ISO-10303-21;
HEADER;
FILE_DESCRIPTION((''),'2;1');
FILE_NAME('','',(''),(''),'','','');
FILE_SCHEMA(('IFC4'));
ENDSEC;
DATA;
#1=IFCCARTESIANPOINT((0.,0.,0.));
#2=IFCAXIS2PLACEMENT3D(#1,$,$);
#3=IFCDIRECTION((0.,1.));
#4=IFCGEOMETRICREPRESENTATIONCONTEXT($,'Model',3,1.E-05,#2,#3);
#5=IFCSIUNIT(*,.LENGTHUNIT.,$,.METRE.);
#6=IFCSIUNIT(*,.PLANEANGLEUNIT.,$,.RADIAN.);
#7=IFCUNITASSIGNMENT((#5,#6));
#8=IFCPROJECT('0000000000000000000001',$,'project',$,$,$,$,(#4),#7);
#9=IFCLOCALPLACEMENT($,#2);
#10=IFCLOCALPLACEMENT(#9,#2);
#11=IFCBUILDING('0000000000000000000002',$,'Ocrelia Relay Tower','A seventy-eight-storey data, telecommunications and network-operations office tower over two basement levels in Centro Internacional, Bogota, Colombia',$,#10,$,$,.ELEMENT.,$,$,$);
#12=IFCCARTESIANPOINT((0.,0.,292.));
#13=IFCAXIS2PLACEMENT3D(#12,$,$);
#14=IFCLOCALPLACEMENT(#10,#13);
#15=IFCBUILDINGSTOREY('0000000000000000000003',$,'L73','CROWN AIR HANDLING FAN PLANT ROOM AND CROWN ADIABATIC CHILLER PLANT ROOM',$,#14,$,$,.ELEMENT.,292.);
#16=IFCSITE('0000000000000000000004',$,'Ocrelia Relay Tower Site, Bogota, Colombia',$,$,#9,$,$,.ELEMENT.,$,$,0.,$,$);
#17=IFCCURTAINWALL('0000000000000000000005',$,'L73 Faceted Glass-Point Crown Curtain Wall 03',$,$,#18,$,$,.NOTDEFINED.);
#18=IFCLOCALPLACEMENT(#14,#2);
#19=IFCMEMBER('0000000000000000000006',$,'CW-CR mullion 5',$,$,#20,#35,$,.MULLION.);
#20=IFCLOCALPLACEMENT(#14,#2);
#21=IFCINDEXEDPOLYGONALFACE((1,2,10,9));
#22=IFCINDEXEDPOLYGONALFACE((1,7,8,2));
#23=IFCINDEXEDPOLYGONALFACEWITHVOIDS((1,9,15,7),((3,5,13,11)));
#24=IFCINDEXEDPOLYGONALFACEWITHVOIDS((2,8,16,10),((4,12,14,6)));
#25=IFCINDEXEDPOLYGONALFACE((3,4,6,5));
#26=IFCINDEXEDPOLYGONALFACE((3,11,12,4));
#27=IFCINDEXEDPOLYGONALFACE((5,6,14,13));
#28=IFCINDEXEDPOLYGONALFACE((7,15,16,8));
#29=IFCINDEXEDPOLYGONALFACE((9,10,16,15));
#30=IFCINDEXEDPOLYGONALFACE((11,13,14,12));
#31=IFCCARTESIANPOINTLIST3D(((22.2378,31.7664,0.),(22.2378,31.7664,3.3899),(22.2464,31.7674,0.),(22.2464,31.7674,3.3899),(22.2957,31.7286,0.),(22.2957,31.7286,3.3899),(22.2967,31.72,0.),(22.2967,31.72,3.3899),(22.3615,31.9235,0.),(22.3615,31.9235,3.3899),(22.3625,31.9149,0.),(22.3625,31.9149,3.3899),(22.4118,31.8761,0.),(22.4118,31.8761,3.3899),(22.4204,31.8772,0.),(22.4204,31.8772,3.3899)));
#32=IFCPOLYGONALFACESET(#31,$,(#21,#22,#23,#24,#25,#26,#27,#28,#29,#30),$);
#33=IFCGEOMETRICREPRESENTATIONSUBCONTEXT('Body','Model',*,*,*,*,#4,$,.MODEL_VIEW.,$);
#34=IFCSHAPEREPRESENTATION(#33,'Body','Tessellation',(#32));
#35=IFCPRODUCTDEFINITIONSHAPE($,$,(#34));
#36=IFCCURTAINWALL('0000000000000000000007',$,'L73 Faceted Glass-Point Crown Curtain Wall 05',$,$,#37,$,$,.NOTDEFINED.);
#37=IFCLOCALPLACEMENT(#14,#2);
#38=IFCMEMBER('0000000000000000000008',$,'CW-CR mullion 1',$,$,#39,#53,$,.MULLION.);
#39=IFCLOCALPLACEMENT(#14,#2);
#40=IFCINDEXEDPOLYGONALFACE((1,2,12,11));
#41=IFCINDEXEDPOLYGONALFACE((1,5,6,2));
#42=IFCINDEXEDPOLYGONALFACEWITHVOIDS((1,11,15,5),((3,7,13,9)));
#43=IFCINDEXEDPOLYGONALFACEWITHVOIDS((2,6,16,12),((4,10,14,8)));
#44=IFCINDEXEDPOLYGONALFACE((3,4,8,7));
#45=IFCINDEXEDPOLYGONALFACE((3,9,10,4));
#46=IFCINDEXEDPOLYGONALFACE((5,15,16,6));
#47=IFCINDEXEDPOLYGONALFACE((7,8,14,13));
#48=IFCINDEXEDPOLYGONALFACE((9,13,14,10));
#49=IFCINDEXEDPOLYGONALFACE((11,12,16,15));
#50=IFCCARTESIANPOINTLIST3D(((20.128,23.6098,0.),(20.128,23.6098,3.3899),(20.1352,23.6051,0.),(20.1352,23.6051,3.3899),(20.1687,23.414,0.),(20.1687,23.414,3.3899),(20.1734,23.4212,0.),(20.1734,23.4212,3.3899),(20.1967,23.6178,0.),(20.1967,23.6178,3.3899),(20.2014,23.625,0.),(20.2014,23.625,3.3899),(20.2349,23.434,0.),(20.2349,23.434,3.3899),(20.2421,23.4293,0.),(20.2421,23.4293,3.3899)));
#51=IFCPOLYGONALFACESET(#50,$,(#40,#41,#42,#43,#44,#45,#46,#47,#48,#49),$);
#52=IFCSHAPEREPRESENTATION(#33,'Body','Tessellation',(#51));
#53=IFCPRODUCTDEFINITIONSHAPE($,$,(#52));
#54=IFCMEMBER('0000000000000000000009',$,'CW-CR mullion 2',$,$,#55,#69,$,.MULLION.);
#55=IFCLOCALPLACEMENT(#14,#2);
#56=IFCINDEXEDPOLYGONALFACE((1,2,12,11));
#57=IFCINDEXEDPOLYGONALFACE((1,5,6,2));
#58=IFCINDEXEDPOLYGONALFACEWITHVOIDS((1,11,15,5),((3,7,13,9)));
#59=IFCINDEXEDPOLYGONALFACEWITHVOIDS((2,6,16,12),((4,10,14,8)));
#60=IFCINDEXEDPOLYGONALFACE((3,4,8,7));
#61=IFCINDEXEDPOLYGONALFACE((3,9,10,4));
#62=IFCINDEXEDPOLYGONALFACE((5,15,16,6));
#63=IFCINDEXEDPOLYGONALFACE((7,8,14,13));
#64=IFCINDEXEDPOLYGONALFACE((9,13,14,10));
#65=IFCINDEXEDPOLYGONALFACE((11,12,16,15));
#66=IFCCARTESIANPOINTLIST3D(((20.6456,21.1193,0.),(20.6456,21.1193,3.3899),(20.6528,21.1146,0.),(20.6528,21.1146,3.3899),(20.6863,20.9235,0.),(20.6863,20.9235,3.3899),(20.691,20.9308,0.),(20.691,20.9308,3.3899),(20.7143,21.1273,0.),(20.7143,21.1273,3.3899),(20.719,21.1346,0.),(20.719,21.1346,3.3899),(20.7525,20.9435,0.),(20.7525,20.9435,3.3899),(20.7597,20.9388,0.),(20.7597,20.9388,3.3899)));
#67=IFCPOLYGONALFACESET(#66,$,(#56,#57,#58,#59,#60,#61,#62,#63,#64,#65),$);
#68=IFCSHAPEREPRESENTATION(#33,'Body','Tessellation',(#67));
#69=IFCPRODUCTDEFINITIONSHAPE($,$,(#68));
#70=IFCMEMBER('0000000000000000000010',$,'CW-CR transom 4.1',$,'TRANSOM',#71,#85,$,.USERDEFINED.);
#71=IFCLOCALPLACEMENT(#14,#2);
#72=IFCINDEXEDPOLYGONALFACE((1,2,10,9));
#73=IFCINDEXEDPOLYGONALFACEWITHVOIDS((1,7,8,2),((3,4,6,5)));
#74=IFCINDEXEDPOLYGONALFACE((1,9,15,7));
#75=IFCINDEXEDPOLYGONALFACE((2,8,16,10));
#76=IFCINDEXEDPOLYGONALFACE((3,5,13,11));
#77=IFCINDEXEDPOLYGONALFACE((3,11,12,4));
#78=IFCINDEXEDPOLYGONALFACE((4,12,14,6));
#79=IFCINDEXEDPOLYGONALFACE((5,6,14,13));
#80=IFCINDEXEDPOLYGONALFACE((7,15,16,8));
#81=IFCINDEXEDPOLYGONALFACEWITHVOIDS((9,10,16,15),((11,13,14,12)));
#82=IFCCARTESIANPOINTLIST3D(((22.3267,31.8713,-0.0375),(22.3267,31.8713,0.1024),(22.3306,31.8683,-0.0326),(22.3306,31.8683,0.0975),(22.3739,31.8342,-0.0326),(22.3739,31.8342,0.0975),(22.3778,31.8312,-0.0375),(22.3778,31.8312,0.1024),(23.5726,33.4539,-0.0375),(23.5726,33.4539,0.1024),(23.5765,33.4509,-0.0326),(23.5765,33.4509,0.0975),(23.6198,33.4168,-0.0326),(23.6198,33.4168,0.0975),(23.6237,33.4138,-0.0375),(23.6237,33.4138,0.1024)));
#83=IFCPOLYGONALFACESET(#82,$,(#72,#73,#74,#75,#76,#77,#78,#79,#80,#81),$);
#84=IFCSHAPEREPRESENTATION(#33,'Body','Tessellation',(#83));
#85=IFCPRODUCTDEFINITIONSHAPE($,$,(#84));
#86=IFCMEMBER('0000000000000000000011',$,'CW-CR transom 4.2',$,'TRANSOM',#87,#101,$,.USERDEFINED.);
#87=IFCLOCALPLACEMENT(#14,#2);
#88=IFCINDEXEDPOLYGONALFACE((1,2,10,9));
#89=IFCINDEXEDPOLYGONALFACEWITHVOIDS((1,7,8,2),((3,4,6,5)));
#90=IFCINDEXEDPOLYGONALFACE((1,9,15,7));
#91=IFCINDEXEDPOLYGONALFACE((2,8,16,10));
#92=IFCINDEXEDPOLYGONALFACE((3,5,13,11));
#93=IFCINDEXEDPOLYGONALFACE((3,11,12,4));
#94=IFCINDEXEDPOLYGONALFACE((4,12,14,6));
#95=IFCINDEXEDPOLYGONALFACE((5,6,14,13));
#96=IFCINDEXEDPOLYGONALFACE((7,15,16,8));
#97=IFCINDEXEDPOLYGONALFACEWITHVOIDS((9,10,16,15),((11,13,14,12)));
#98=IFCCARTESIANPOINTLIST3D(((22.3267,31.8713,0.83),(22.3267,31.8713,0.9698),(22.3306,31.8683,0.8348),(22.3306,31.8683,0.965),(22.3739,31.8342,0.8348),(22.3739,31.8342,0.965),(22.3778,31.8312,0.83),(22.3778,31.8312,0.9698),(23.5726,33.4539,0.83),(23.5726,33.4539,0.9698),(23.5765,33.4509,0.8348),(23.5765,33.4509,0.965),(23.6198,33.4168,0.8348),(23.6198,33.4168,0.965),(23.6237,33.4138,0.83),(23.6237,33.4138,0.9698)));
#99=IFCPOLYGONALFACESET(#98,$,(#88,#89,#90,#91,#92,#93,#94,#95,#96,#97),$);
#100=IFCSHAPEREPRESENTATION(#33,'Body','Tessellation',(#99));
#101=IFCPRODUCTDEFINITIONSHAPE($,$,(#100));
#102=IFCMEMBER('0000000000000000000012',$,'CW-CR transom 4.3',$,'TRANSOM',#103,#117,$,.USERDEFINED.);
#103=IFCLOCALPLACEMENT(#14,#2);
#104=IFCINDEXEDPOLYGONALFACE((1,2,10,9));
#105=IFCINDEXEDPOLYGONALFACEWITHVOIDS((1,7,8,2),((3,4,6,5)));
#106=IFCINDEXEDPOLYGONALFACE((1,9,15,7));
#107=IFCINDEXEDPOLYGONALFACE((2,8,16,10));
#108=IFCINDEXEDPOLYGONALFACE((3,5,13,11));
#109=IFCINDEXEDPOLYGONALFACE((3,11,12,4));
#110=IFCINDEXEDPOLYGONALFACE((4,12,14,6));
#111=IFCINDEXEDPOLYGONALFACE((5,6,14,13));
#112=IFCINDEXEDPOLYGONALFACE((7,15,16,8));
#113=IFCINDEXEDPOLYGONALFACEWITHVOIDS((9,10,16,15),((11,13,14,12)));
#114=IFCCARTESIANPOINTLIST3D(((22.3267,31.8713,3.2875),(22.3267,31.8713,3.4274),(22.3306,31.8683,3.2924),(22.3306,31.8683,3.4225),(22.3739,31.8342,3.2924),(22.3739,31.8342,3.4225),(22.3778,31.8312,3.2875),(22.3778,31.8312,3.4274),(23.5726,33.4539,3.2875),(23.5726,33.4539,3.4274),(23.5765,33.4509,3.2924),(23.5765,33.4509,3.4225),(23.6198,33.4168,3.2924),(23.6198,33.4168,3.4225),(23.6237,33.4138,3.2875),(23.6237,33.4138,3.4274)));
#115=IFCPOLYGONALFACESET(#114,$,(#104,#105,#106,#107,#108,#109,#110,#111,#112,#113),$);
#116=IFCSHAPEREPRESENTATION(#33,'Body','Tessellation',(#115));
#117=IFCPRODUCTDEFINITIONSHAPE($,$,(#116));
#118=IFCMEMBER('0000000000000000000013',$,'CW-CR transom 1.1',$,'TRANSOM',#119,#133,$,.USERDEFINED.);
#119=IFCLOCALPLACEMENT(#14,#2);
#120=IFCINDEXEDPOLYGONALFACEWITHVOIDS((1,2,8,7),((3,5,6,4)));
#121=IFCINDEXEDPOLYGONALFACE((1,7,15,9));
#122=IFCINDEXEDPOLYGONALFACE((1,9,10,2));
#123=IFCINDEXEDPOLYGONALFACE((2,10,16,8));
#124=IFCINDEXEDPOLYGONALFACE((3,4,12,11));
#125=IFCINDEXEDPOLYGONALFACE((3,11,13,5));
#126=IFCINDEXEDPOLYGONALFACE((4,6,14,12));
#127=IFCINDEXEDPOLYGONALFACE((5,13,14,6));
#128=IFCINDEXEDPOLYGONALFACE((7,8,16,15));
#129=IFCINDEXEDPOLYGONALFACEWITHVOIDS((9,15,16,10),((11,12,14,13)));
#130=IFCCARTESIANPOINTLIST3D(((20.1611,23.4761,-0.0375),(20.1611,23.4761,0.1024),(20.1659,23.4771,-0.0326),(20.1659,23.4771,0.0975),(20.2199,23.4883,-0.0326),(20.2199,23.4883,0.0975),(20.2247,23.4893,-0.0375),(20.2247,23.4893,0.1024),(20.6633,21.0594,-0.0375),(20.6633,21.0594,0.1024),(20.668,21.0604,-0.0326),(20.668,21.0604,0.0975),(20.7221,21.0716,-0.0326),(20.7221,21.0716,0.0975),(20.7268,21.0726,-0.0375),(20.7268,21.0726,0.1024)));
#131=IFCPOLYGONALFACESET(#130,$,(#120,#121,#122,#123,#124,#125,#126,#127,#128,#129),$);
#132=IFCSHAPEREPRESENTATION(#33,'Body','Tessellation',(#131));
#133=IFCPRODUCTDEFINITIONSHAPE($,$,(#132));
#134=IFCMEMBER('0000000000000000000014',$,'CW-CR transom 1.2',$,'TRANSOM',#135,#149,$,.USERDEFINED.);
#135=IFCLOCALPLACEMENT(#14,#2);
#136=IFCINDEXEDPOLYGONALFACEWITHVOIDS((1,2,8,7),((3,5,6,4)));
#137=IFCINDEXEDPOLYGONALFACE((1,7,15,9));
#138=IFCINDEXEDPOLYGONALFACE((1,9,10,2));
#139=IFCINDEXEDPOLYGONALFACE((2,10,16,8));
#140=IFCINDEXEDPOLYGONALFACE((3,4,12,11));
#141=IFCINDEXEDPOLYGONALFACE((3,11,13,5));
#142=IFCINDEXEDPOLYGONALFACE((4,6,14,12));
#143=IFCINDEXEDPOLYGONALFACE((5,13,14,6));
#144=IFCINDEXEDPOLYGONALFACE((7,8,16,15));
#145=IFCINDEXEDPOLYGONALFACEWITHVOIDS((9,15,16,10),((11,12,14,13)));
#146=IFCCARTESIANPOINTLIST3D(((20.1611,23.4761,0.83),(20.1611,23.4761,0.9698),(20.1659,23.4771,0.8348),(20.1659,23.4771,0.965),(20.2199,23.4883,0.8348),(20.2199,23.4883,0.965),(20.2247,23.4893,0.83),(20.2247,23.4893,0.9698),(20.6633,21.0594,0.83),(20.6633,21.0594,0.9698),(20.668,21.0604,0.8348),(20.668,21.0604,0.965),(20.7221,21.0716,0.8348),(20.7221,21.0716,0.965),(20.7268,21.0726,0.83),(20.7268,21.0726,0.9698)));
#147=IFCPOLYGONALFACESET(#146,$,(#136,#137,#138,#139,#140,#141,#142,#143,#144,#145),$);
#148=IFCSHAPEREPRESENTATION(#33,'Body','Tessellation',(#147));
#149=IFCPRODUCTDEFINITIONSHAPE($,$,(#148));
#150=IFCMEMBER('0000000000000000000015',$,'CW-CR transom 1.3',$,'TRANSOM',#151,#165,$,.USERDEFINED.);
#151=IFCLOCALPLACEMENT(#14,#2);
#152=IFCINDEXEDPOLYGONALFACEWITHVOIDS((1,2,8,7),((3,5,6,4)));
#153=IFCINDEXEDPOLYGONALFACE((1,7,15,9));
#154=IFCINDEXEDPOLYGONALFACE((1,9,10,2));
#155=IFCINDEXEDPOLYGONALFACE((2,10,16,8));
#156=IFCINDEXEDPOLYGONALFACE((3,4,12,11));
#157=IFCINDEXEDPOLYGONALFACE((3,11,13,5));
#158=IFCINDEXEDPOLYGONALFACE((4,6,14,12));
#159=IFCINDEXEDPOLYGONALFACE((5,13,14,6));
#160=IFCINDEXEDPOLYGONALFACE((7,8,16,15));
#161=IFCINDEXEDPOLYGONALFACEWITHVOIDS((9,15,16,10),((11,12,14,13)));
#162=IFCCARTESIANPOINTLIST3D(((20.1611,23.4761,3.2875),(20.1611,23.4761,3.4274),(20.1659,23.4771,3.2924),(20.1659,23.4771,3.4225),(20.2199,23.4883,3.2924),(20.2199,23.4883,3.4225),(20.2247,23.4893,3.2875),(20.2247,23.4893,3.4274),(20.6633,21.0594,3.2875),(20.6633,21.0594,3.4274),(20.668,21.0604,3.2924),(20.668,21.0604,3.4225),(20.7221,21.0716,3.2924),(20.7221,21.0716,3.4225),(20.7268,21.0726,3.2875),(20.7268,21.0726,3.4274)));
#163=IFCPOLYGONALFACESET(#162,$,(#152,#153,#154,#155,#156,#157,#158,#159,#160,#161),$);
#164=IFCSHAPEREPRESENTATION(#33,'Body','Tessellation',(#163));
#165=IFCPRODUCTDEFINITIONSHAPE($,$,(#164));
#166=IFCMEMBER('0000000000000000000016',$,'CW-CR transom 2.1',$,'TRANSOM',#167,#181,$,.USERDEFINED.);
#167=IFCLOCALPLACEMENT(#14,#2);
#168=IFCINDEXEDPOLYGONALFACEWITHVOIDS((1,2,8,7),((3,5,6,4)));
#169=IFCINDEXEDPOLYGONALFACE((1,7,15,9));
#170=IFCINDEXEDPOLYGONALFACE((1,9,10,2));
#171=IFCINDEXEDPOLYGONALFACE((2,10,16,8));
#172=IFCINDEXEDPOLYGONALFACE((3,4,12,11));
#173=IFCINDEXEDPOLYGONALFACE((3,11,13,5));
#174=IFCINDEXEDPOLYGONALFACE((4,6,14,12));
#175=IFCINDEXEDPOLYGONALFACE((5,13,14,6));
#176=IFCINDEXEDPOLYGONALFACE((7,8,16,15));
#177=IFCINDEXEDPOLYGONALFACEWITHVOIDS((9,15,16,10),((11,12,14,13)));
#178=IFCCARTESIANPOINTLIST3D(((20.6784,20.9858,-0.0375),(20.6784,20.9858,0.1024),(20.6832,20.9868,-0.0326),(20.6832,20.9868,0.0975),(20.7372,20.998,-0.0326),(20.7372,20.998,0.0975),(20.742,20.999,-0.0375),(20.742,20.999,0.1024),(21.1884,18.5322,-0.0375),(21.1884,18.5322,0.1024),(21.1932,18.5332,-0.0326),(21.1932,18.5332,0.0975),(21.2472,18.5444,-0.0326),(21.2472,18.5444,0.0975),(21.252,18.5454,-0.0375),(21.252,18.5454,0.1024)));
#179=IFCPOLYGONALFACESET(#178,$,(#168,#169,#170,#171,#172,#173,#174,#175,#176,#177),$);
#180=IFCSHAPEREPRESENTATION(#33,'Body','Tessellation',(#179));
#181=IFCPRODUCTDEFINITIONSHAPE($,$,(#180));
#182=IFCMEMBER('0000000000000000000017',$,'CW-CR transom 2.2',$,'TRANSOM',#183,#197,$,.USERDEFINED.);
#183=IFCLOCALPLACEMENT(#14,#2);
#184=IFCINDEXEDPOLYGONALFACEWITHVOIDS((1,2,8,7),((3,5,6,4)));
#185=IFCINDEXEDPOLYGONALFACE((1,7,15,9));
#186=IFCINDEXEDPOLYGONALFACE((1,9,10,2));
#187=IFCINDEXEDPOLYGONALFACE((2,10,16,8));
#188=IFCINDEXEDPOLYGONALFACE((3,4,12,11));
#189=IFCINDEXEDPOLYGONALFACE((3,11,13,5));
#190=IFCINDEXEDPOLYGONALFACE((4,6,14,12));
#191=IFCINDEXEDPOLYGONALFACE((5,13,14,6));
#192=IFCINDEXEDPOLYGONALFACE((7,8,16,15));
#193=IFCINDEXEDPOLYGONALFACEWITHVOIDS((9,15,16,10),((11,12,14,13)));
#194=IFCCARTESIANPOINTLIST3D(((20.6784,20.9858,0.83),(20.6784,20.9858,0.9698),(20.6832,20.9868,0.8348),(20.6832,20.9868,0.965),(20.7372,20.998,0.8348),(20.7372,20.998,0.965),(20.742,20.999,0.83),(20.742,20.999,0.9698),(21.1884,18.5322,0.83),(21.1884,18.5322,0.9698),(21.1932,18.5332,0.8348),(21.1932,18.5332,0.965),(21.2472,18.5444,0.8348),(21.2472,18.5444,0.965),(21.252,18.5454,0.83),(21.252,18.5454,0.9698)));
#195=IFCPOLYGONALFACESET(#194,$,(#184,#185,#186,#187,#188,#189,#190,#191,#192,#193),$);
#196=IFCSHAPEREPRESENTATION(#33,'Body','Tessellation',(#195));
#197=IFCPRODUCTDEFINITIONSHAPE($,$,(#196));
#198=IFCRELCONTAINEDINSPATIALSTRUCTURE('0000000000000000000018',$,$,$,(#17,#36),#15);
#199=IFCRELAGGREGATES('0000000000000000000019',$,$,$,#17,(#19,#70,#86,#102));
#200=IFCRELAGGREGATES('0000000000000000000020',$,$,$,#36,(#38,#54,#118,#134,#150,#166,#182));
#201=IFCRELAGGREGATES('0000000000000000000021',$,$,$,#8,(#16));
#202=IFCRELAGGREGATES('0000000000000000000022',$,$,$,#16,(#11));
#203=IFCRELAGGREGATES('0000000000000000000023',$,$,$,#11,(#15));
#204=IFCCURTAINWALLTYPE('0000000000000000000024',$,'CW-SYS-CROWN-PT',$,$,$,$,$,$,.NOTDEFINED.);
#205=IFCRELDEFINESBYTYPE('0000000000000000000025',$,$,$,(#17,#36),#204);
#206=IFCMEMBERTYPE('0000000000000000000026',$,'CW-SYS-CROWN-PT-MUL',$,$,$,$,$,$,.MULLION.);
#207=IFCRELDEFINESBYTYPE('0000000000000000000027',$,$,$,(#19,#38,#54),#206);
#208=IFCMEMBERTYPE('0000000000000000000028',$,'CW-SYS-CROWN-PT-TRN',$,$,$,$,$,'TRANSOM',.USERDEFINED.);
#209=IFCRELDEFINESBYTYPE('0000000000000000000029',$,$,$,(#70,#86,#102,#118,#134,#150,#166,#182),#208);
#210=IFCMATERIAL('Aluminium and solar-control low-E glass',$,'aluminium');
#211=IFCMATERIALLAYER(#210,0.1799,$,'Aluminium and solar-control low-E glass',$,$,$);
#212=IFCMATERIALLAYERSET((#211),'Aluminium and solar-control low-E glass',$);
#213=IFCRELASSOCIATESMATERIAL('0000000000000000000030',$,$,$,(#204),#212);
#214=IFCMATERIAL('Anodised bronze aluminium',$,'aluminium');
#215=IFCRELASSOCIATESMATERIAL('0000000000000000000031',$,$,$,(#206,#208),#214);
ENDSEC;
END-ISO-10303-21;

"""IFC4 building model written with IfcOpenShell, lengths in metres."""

from ifc_helpers import new_model, si_unit, direction, frame, origin, origin_2d, place, context, subcontext, project, spatial, hollow_rectangle, extrude, material, layer, layer_set, material_profile, profile_set, type_object, element, aggregate, save


model = new_model("IFC4")

# Units and contexts
model_context = context("Model", 3, precision=1e-05, world=origin(), true_north=direction((0.0, 1.0)))
body_context = subcontext(model_context, "Body", "Model", "MODEL_VIEW")
ifc_project = project(units=[si_unit("LENGTHUNIT", "METRE"), si_unit("PLANEANGLEUNIT", "RADIAN")], contexts=[model_context])

# Site, building, storey
site_placement = place(None, origin())
site = spatial("IfcSite", under=ifc_project, at=site_placement, Name="Ocrelia Relay Tower Site, Bogota, Colombia", CompositionType="ELEMENT", RefElevation=0.0)
building_placement = place(site_placement, origin())
building = spatial("IfcBuilding", under=site, at=building_placement, Name="Ocrelia Relay Tower", Description="A seventy-eight-storey data, telecommunications and network-operations office tower over two basement levels in Centro Internacional, Bogota, Colombia", CompositionType="ELEMENT")
storey_placement = place(building_placement, frame((0.0, 0.0, 292.0)))
storey = spatial("IfcBuildingStorey", under=building, at=storey_placement, Name="L73", Description="CROWN AIR HANDLING FAN PLANT ROOM AND CROWN ADIABATIC CHILLER PLANT ROOM", CompositionType="ELEMENT", Elevation=292.0)

# Curtain wall, member
ifc_material_1 = material(Name="Aluminium and solar-control low-E glass", Category="aluminium")
ifc_layer_1 = layer(ifc_material_1, 0.1799, Name="Aluminium and solar-control low-E glass")
ifc_layer_set_1 = layer_set([ifc_layer_1], Name="Aluminium and solar-control low-E glass")
curtain_wall_type = type_object("IfcCurtainWallType", Name="CW-SYS-CROWN-PT", PredefinedType="NOTDEFINED", material=ifc_layer_set_1)
curtain_wall_1_placement = place(storey_placement, origin())
curtain_wall_1 = element("IfcCurtainWall", 1, at=curtain_wall_1_placement, inside=storey, type_object=curtain_wall_type, Name="L73 Faceted Glass-Point Crown Curtain Wall 03", PredefinedType="NOTDEFINED")
ifc_material_2 = material(Name="Anodised bronze aluminium", Category="aluminium")
ifc_material_profile_1 = material_profile(ifc_material_2, hollow_rectangle(XDim=0.075, YDim=0.2, WallThickness=0.0061, at=origin_2d()), Name="CW-MUL-200x75")
ifc_profile_set_1 = profile_set([ifc_material_profile_1], Name="Anodised bronze aluminium")
member_type_1 = type_object("IfcMemberType", Name="CW-SYS-CROWN-PT-MUL", PredefinedType="MULLION", material=ifc_profile_set_1)
member_1_placement = place(storey_placement, frame((22.3291, 31.8218, 0.0), z_axis=(0.0, 0.0, 1.0), x_axis=(0.785742, -0.618554, 0.0)))
member_1 = element("IfcMember", 2, at=member_1_placement, type_object=member_type_1, Name="CW-CR mullion 5", PredefinedType="MULLION", context=body_context, shape_type="SweptSolid", body=[
    extrude(hollow_rectangle(XDim=0.075, YDim=0.2, WallThickness=0.0061, at=origin_2d()), origin(), (0.0, 0.0, 1.0), 3.3899),
])

# Curtain wall, members
curtain_wall_2_placement = place(storey_placement, origin())
curtain_wall_2 = element("IfcCurtainWall", 3, at=curtain_wall_2_placement, inside=storey, type_object=curtain_wall_type, Name="L73 Faceted Glass-Point Crown Curtain Wall 05", PredefinedType="NOTDEFINED")
member_2_placement = place(storey_placement, frame((20.1851, 23.5195, 0.0), z_axis=(0.0, 0.0, 1.0), x_axis=(0.979084, 0.203457, 0.0)))
member_2 = element("IfcMember", 4, at=member_2_placement, type_object=member_type_1, Name="CW-CR mullion 1", PredefinedType="MULLION", context=body_context, shape_type="SweptSolid", body=[
    extrude(hollow_rectangle(XDim=0.075, YDim=0.2, WallThickness=0.0061, at=origin_2d()), origin(), (0.0, 0.0, 1.0), 3.3899),
])
member_3_placement = place(storey_placement, frame((20.7026, 21.0291, 0.0), z_axis=(0.0, 0.0, 1.0), x_axis=(0.979084, 0.203457, 0.0)))
member_3 = element("IfcMember", 5, at=member_3_placement, type_object=member_type_1, Name="CW-CR mullion 2", PredefinedType="MULLION", context=body_context, shape_type="SweptSolid", body=[
    extrude(hollow_rectangle(XDim=0.075, YDim=0.2, WallThickness=0.0061, at=origin_2d()), origin(), (0.0, 0.0, 1.0), 3.3899),
])

# Members
ifc_material_profile_2 = material_profile(ifc_material_2, hollow_rectangle(XDim=0.0649, YDim=0.1399, WallThickness=0.0049, at=origin_2d()), Name="CW-TRN-140x65")
ifc_profile_set_2 = profile_set([ifc_material_profile_2], Name="Anodised bronze aluminium")
member_type_2 = type_object("IfcMemberType", Name="CW-SYS-CROWN-PT-TRN", ElementType="TRANSOM", PredefinedType="USERDEFINED", material=ifc_profile_set_2)
member_4_placement = place(storey_placement, frame((23.5981, 33.4338, 0.0325), z_axis=(-0.618571, -0.785729, 0.0), x_axis=(0.785729, -0.618571, 0.0)))
member_4 = element("IfcMember", 6, at=member_4_placement, type_object=member_type_2, Name="CW-CR transom 4.1", ObjectType="TRANSOM", PredefinedType="USERDEFINED", context=body_context, shape_type="SweptSolid", body=[
    extrude(hollow_rectangle(XDim=0.0649, YDim=0.1399, WallThickness=0.0049, at=origin_2d()), origin(), (0.0, 0.0, 1.0), 2.0142),
])
member_5_placement = place(storey_placement, frame((23.5981, 33.4338, 0.8999), z_axis=(-0.618571, -0.785729, 0.0), x_axis=(0.785729, -0.618571, 0.0)))
member_5 = element("IfcMember", 7, at=member_5_placement, type_object=member_type_2, Name="CW-CR transom 4.2", ObjectType="TRANSOM", PredefinedType="USERDEFINED", context=body_context, shape_type="SweptSolid", body=[
    extrude(hollow_rectangle(XDim=0.0649, YDim=0.1399, WallThickness=0.0049, at=origin_2d()), origin(), (0.0, 0.0, 1.0), 2.0142),
])
member_6_placement = place(storey_placement, frame((23.5981, 33.4338, 3.3574), z_axis=(-0.618571, -0.785729, 0.0), x_axis=(0.785729, -0.618571, 0.0)))
member_6 = element("IfcMember", 8, at=member_6_placement, type_object=member_type_2, Name="CW-CR transom 4.3", ObjectType="TRANSOM", PredefinedType="USERDEFINED", context=body_context, shape_type="SweptSolid", body=[
    extrude(hollow_rectangle(XDim=0.0649, YDim=0.1399, WallThickness=0.0049, at=origin_2d()), origin(), (0.0, 0.0, 1.0), 2.0142),
])
member_7_placement = place(storey_placement, frame((20.1929, 23.4827, 0.0325), z_axis=(0.203453, -0.979085, 0.0), x_axis=(0.979085, 0.203453, 0.0)))
member_7 = element("IfcMember", 9, at=member_7_placement, type_object=member_type_2, Name="CW-CR transom 1.1", ObjectType="TRANSOM", PredefinedType="USERDEFINED", context=body_context, shape_type="SweptSolid", body=[
    extrude(hollow_rectangle(XDim=0.0649, YDim=0.1399, WallThickness=0.0049, at=origin_2d()), origin(), (0.0, 0.0, 1.0), 2.4683),
])
member_8_placement = place(storey_placement, frame((20.1929, 23.4827, 0.8999), z_axis=(0.203453, -0.979085, 0.0), x_axis=(0.979085, 0.203453, 0.0)))
member_8 = element("IfcMember", 10, at=member_8_placement, type_object=member_type_2, Name="CW-CR transom 1.2", ObjectType="TRANSOM", PredefinedType="USERDEFINED", context=body_context, shape_type="SweptSolid", body=[
    extrude(hollow_rectangle(XDim=0.0649, YDim=0.1399, WallThickness=0.0049, at=origin_2d()), origin(), (0.0, 0.0, 1.0), 2.4683),
])
member_9_placement = place(storey_placement, frame((20.1929, 23.4827, 3.3574), z_axis=(0.203453, -0.979085, 0.0), x_axis=(0.979085, 0.203453, 0.0)))
member_9 = element("IfcMember", 11, at=member_9_placement, type_object=member_type_2, Name="CW-CR transom 1.3", ObjectType="TRANSOM", PredefinedType="USERDEFINED", context=body_context, shape_type="SweptSolid", body=[
    extrude(hollow_rectangle(XDim=0.0649, YDim=0.1399, WallThickness=0.0049, at=origin_2d()), origin(), (0.0, 0.0, 1.0), 2.4683),
])
member_10_placement = place(storey_placement, frame((20.7102, 20.9924, 0.0325), z_axis=(0.203511, -0.979073, 0.0), x_axis=(0.979073, 0.203511, 0.0)))
member_10 = element("IfcMember", 12, at=member_10_placement, type_object=member_type_2, Name="CW-CR transom 2.1", ObjectType="TRANSOM", PredefinedType="USERDEFINED", context=body_context, shape_type="SweptSolid", body=[
    extrude(hollow_rectangle(XDim=0.0649, YDim=0.1399, WallThickness=0.0049, at=origin_2d()), origin(), (0.0, 0.0, 1.0), 2.5061),
])
member_11_placement = place(storey_placement, frame((20.7102, 20.9924, 0.8999), z_axis=(0.203511, -0.979073, 0.0), x_axis=(0.979073, 0.203511, 0.0)))
member_11 = element("IfcMember", 13, at=member_11_placement, type_object=member_type_2, Name="CW-CR transom 2.2", ObjectType="TRANSOM", PredefinedType="USERDEFINED", context=body_context, shape_type="SweptSolid", body=[
    extrude(hollow_rectangle(XDim=0.0649, YDim=0.1399, WallThickness=0.0049, at=origin_2d()), origin(), (0.0, 0.0, 1.0), 2.5061),
])

aggregate(curtain_wall_1, [member_1, member_4, member_5, member_6])
aggregate(curtain_wall_2, [member_2, member_3, member_7, member_8, member_9, member_10, member_11])

save(model, "model.ifc")
